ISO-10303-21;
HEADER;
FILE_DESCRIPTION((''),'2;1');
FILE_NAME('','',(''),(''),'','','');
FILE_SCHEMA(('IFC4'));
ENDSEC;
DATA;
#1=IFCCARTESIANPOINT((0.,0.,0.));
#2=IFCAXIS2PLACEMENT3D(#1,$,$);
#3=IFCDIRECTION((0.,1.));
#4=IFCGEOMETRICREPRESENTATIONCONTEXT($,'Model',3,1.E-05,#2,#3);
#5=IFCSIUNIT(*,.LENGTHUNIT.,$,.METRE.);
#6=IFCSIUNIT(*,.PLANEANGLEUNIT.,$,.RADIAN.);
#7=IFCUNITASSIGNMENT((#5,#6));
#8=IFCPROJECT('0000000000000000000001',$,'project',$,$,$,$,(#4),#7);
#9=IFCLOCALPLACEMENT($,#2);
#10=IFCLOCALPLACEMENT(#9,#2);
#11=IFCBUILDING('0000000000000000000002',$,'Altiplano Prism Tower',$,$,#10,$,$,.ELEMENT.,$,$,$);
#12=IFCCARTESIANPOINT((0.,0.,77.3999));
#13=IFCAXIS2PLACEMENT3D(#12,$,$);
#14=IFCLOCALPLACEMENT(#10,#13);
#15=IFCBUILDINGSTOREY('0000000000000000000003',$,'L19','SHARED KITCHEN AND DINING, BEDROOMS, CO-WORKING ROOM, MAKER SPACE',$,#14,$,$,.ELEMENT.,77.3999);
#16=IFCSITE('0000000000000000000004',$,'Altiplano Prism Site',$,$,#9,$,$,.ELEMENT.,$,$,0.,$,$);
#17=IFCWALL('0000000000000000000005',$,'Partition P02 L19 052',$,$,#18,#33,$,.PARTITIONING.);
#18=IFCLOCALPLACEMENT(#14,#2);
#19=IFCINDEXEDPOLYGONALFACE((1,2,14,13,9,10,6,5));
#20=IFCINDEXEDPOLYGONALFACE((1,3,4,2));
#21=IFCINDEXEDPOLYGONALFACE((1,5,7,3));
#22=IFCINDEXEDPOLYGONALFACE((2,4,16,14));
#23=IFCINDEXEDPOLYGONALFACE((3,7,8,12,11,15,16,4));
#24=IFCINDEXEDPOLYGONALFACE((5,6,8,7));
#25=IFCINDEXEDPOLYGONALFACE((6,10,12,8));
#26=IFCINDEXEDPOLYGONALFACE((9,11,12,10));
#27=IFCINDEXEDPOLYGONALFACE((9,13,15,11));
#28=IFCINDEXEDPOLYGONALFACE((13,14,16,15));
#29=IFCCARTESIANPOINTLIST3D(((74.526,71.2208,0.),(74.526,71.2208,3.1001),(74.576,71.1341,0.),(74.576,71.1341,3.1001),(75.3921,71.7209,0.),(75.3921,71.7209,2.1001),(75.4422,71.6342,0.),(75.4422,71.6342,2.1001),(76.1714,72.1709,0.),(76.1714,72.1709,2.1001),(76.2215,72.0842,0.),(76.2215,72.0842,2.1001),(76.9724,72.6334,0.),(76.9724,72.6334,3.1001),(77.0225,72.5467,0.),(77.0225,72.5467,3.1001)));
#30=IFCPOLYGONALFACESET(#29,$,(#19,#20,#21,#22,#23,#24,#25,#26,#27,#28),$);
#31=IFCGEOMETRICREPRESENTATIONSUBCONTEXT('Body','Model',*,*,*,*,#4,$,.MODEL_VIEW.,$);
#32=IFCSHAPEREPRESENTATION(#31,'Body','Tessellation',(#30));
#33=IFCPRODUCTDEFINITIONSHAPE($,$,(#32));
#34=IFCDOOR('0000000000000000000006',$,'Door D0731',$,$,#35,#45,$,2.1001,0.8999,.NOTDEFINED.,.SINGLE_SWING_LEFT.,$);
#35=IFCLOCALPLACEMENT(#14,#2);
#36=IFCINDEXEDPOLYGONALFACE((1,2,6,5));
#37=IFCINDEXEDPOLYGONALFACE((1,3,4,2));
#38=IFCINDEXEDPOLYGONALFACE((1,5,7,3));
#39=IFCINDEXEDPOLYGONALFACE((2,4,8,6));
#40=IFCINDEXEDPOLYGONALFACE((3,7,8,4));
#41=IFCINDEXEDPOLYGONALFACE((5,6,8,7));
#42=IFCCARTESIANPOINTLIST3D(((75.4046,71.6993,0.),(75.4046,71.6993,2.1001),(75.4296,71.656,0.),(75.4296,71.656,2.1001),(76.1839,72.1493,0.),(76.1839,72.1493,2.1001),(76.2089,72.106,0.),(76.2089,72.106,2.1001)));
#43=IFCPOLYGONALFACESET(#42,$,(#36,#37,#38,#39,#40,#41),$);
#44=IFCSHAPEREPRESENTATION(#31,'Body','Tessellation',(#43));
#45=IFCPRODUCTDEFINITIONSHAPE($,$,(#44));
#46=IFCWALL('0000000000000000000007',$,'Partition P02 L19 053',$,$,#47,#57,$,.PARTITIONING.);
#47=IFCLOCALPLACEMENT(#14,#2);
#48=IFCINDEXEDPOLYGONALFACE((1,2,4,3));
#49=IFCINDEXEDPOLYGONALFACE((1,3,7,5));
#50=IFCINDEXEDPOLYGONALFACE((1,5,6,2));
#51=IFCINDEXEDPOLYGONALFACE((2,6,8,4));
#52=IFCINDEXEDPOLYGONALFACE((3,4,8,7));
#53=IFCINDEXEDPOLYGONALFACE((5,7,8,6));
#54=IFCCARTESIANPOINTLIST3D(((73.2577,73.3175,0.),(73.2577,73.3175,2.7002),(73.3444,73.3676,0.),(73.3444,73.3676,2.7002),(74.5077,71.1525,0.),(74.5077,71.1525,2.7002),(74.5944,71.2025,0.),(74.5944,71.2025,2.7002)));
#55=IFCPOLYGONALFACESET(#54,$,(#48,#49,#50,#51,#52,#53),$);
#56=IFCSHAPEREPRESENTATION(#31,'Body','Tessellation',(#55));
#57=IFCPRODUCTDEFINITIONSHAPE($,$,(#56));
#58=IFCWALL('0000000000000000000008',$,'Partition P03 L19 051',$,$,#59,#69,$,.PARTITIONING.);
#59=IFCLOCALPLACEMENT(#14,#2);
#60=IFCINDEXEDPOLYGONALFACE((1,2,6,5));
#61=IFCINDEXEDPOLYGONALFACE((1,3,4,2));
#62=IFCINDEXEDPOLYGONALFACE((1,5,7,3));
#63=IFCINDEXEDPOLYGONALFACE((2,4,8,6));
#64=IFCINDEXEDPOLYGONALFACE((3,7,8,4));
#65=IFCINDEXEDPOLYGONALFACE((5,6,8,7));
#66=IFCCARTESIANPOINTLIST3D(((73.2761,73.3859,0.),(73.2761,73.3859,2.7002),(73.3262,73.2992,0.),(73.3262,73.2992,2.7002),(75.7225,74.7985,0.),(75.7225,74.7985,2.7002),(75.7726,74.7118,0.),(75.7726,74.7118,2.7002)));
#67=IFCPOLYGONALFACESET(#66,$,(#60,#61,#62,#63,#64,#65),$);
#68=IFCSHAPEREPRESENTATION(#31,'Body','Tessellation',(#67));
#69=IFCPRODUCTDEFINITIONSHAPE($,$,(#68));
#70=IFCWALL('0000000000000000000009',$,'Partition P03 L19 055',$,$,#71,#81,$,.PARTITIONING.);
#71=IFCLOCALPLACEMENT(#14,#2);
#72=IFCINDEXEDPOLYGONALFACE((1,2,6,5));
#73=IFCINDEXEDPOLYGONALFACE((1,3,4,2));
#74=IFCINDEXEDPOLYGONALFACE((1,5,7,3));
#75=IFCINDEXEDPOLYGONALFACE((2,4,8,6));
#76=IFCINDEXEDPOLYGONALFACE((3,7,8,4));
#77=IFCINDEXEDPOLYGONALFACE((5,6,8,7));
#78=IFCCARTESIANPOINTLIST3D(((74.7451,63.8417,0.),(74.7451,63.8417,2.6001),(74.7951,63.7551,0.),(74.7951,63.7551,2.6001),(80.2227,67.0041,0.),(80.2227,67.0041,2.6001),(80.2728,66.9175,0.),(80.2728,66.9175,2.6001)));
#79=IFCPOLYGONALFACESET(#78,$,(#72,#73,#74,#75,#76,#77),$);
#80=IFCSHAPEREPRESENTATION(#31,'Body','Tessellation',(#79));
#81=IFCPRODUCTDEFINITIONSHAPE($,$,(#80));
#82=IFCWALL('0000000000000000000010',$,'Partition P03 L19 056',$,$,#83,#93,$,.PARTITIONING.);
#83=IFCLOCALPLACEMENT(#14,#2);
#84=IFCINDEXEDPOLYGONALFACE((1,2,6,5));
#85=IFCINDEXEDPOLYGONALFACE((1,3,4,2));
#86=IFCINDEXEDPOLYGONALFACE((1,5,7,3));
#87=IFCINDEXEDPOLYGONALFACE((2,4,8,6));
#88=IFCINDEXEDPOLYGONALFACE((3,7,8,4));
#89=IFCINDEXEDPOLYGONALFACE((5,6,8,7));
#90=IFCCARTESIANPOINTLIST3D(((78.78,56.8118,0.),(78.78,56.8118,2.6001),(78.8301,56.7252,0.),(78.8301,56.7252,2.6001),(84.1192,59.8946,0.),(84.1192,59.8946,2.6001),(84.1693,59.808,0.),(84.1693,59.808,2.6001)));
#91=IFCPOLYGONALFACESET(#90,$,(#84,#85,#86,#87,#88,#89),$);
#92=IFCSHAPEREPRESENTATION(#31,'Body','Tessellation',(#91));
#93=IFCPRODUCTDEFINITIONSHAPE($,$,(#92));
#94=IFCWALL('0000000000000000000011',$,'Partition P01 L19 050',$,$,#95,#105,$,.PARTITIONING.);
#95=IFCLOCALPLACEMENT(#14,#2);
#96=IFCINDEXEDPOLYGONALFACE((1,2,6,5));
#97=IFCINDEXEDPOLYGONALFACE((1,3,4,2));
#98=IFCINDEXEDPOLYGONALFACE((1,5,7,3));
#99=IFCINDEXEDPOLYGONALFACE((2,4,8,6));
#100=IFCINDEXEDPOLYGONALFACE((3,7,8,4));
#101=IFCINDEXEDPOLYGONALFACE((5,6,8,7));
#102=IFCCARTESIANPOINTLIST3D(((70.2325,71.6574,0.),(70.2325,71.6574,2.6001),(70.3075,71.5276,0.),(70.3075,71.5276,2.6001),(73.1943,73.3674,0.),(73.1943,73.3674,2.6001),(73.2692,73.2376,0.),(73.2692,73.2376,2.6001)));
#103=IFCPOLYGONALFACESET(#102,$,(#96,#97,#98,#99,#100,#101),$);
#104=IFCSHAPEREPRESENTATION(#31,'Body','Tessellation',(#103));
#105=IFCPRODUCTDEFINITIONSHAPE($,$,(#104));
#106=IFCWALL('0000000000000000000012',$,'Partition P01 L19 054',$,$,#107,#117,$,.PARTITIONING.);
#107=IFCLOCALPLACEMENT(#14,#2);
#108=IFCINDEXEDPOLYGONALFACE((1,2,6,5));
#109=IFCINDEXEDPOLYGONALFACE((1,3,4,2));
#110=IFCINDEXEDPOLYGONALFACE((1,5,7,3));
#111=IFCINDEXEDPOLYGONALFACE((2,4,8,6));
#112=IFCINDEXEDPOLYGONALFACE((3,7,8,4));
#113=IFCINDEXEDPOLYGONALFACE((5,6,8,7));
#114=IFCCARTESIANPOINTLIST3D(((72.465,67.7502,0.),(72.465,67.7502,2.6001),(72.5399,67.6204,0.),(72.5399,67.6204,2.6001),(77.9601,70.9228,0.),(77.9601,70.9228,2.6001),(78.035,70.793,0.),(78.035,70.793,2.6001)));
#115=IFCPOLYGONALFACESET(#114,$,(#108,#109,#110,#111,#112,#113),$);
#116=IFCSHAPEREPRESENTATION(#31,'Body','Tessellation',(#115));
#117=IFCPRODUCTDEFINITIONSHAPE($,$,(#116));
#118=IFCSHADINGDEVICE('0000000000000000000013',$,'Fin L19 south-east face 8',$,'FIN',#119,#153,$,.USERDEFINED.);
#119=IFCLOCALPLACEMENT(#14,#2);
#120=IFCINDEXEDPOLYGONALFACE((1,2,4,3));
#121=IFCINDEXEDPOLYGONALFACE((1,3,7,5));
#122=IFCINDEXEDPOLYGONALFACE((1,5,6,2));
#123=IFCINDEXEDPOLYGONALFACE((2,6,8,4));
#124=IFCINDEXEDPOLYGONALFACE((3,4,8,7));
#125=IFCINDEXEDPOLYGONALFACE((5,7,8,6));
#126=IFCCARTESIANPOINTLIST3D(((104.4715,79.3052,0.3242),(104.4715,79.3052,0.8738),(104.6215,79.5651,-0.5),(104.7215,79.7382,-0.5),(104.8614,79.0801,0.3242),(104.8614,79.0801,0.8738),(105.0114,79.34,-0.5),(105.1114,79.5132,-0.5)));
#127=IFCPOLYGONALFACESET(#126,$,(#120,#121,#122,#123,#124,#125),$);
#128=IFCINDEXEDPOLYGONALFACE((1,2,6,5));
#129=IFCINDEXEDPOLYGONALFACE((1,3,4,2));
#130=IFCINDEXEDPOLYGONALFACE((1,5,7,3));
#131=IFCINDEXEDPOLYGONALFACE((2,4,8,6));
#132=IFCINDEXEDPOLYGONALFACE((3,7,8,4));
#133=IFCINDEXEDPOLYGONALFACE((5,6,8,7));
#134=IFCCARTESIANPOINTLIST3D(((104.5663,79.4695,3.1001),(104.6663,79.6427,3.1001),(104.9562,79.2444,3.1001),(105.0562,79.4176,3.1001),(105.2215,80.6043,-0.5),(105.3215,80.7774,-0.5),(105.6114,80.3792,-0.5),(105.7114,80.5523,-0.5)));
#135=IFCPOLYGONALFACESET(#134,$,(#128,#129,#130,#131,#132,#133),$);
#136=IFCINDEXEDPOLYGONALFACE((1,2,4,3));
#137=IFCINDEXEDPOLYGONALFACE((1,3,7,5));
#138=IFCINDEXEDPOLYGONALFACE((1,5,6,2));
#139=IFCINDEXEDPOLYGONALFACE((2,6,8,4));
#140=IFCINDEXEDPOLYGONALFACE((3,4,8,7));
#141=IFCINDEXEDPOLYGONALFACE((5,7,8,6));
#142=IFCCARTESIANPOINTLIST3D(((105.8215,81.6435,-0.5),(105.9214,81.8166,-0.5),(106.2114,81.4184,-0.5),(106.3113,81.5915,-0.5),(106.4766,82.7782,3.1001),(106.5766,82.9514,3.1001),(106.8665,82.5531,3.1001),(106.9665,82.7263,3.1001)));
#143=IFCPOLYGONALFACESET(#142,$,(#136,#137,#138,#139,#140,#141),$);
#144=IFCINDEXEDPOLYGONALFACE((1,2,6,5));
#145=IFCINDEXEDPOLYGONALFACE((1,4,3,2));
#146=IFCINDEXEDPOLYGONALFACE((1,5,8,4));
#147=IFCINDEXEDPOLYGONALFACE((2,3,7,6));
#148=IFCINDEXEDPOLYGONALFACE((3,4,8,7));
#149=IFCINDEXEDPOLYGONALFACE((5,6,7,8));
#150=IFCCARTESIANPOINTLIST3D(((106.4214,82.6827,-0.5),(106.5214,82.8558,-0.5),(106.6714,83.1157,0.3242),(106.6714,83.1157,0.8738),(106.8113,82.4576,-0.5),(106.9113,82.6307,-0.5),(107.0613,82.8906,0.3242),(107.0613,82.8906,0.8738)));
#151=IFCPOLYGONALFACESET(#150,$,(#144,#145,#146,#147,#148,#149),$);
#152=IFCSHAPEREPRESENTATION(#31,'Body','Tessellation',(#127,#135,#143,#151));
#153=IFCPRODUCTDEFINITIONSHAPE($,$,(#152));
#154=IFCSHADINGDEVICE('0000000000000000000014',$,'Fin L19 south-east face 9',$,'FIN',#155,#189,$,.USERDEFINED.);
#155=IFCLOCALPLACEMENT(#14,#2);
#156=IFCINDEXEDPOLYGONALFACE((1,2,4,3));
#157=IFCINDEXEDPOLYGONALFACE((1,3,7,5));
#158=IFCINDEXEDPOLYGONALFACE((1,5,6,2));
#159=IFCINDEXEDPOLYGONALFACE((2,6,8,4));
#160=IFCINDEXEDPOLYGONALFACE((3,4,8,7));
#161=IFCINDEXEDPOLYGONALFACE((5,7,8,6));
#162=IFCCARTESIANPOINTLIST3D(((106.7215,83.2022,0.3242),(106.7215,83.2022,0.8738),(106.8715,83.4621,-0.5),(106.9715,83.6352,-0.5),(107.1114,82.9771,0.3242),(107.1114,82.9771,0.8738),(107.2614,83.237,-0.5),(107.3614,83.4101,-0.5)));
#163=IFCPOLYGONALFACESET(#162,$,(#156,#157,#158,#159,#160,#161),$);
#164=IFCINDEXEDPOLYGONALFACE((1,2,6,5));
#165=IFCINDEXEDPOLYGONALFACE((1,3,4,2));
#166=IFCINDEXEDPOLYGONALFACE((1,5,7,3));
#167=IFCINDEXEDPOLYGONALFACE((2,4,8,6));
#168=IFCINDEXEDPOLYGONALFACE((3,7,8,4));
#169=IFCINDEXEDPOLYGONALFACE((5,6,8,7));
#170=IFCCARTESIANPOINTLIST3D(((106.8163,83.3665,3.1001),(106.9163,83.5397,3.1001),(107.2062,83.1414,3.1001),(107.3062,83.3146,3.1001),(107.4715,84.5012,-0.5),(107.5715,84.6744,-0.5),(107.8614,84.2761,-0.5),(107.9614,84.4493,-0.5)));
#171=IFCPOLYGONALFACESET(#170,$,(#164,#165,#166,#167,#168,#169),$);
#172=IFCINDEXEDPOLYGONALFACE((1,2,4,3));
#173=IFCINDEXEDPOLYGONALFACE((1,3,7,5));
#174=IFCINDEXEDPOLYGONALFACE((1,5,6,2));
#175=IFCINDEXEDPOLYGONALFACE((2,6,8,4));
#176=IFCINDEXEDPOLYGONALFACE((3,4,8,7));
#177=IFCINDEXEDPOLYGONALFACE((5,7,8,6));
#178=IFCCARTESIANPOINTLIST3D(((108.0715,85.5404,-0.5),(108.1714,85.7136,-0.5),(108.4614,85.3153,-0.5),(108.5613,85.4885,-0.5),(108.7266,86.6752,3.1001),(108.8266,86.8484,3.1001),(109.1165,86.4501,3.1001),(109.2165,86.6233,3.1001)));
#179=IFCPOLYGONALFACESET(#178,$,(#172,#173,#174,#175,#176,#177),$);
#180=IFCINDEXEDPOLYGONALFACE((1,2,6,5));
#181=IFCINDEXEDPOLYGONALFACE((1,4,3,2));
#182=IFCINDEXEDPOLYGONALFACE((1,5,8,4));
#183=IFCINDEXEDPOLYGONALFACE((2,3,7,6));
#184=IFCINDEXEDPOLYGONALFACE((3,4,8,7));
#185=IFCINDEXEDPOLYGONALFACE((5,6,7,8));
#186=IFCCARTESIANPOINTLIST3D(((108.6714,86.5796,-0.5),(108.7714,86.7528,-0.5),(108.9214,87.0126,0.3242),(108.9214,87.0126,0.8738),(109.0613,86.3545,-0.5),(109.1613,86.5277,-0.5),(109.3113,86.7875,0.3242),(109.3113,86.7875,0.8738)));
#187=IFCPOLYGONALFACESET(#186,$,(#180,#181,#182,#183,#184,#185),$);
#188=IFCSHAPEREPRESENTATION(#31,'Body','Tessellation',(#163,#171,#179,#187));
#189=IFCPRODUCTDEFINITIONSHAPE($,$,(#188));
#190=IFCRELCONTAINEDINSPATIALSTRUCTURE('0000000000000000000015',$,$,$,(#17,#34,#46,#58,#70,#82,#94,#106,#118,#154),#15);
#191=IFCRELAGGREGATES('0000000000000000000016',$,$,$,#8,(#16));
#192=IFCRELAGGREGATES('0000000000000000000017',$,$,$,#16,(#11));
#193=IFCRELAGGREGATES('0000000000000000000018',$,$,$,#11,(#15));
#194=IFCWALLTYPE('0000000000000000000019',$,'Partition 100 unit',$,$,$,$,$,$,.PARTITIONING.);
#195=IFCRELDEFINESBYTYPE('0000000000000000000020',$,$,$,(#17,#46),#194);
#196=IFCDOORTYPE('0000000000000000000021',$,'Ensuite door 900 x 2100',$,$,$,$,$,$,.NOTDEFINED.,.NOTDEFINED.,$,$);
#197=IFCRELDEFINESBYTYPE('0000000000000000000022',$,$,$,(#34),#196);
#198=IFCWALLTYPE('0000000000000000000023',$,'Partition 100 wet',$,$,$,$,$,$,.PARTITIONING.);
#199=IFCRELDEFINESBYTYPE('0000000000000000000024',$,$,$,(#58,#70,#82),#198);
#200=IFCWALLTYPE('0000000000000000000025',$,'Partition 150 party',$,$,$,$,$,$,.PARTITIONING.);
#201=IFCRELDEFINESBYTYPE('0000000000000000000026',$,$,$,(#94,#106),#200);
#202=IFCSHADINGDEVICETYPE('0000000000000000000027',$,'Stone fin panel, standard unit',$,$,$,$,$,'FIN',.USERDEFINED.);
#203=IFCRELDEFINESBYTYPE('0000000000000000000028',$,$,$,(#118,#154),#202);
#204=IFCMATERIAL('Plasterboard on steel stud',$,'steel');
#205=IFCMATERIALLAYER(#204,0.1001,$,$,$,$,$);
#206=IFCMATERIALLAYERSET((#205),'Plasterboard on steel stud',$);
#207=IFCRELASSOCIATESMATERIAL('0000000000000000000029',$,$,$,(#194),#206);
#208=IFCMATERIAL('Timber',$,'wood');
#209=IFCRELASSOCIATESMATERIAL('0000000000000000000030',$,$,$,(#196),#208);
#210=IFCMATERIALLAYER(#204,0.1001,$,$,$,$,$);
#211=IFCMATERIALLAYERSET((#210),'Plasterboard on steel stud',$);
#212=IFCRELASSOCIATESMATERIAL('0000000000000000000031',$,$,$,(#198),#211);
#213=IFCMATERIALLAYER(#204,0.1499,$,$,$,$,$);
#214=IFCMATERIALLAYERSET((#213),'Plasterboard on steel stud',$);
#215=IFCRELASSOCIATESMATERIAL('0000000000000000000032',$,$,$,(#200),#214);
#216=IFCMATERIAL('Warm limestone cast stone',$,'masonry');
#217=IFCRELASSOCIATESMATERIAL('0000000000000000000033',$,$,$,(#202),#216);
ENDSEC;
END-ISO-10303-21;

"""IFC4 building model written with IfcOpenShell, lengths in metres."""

from ifc_helpers import new_model, si_unit, direction, frame, frame_2d, origin, place, context, subcontext, project, spatial, polyline, rectangle, outline, extrude, source, transform, mapped, material, layer, layer_set, type_object, element, fill, save


model = new_model("IFC4")

# Units and contexts
model_context = context("Model", 3, precision=1e-05, world=origin(), true_north=direction((0.0, 1.0)))
body_context = subcontext(model_context, "Body", "Model", "MODEL_VIEW")
ifc_project = project(units=[si_unit("LENGTHUNIT", "METRE"), si_unit("PLANEANGLEUNIT", "RADIAN")], contexts=[model_context])

# Site, building, storey
site_placement = place(None, origin())
site = spatial("IfcSite", under=ifc_project, at=site_placement, Name="Altiplano Prism Site", CompositionType="ELEMENT", RefElevation=0.0)
building_placement = place(site_placement, origin())
building = spatial("IfcBuilding", under=site, at=building_placement, Name="Altiplano Prism Tower", CompositionType="ELEMENT")
storey_placement = place(building_placement, frame((0.0, 0.0, 77.3999)))
storey = spatial("IfcBuildingStorey", under=building, at=storey_placement, Name="L19", Description="SHARED KITCHEN AND DINING, BEDROOMS, CO-WORKING ROOM, MAKER SPACE", CompositionType="ELEMENT", Elevation=77.3999)

# Shared definitions
ifc_material_1 = material(Name="Plasterboard on steel stud", Category="steel")
ifc_layer_1 = layer(ifc_material_1, 0.1001)
ifc_layer_set_1 = layer_set([ifc_layer_1], Name="Plasterboard on steel stud")
wall_type_1 = type_object("IfcWallType", Name="Partition 100 unit", PredefinedType="PARTITIONING", material=ifc_layer_set_1)

# Wall, opening, door
wall_1_placement = place(storey_placement, frame((76.9976, 72.5901, 0.0), z_axis=(0.0, 0.0, 1.0), x_axis=(-0.866011, -0.500024, 0.0)))
wall_1 = element("IfcWall", 1, at=wall_1_placement, inside=storey, type_object=wall_type_1, Name="Partition P02 L19 052", PredefinedType="PARTITIONING", context=body_context, shape_type="SweptSolid", body=[
    extrude(rectangle(XDim=2.825, YDim=0.1001, at=frame_2d((1.4126, 0.0))), origin(), (0.0, 0.0, 1.0), 3.1001),
])
opening_placement = place(wall_1_placement, frame((0.925, 0.0, 0.0)))
opening = element("IfcOpeningElement", 2, at=opening_placement, cuts=wall_1, PredefinedType="OPENING", context=body_context, shape_type="SweptSolid", body=[
    extrude(rectangle(XDim=0.8999, YDim=2.1001, at=frame_2d((0.45, 1.05))), frame((0.0, 0.0605, 0.0), z_axis=(0.0, -1.0, 0.0), x_axis=(1.0, 0.0, 0.0)), (0.0, 0.0, 1.0), 0.1211),
])
ifc_material_2 = material(Name="Timber", Category="wood")
door_type = type_object("IfcDoorType", Name="Ensuite door 900 x 2100", OperationType="NOTDEFINED", PredefinedType="NOTDEFINED", material=ifc_material_2)
door_placement = place(opening_placement, origin())
door = element("IfcDoor", 3, at=door_placement, inside=storey, type_object=door_type, Name="Door D0731", OperationType="SINGLE_SWING_LEFT", OverallHeight=2.1001, OverallWidth=0.8999, PredefinedType="NOTDEFINED", context=body_context, shape_type="SweptSolid", body=[
    extrude(rectangle(XDim=0.8999, YDim=2.1001, at=frame_2d((0.45, 1.05))), frame((0.0, 0.0249, 0.0), z_axis=(0.0, -1.0, 0.0), x_axis=(1.0, 0.0, 0.0)), (0.0, 0.0, 1.0), 0.05),
])
fill(opening, door)

# Walls
wall_2_placement = place(storey_placement, frame((74.551, 71.1775, 0.0), z_axis=(0.0, 0.0, 1.0), x_axis=(-0.500004, 0.866023, 0.0)))
element("IfcWall", 4, at=wall_2_placement, inside=storey, type_object=wall_type_1, Name="Partition P02 L19 053", PredefinedType="PARTITIONING", context=body_context, shape_type="SweptSolid", body=[
    extrude(rectangle(XDim=2.5, YDim=0.1001, at=frame_2d((1.25, 0.0))), origin(), (0.0, 0.0, 1.0), 2.7002),
])
ifc_layer_2 = layer(ifc_material_1, 0.1001)
ifc_layer_set_2 = layer_set([ifc_layer_2], Name="Plasterboard on steel stud")
wall_type_2 = type_object("IfcWallType", Name="Partition 100 wet", PredefinedType="PARTITIONING", material=ifc_layer_set_2)
wall_3_placement = place(storey_placement, frame((73.301, 73.3425, 0.0), z_axis=(0.0, 0.0, 1.0), x_axis=(0.866011, 0.500024, 0.0)))
element("IfcWall", 5, at=wall_3_placement, inside=storey, type_object=wall_type_2, Name="Partition P03 L19 051", PredefinedType="PARTITIONING", context=body_context, shape_type="SweptSolid", body=[
    extrude(rectangle(XDim=2.825, YDim=0.1001, at=frame_2d((1.4126, 0.0))), origin(), (0.0, 0.0, 1.0), 2.7002),
])
wall_4_placement = place(storey_placement, frame((74.77, 63.7983, 0.0), z_axis=(0.0, 0.0, 1.0), x_axis=(0.866033, 0.499988, 0.0)))
element("IfcWall", 6, at=wall_4_placement, inside=storey, type_object=wall_type_2, Name="Partition P03 L19 055", PredefinedType="PARTITIONING", context=body_context, shape_type="SweptSolid", body=[
    extrude(rectangle(XDim=6.325, YDim=0.1001, at=frame_2d((3.1626, 0.0))), origin(), (0.0, 0.0, 1.0), 2.6001),
])
wall_5_placement = place(storey_placement, frame((78.8052, 56.7686, 0.0), z_axis=(0.0, 0.0, 1.0), x_axis=(0.86601, 0.500028, 0.0)))
element("IfcWall", 7, at=wall_5_placement, inside=storey, type_object=wall_type_2, Name="Partition P03 L19 056", PredefinedType="PARTITIONING", context=body_context, shape_type="SweptSolid", body=[
    extrude(rectangle(XDim=6.1653, YDim=0.1001, at=frame_2d((3.0825, 0.0))), origin(), (0.0, 0.0, 1.0), 2.6001),
])
ifc_layer_3 = layer(ifc_material_1, 0.1499)
ifc_layer_set_3 = layer_set([ifc_layer_3], Name="Plasterboard on steel stud")
wall_type_3 = type_object("IfcWallType", Name="Partition 150 party", PredefinedType="PARTITIONING", material=ifc_layer_set_3)
wall_6_placement = place(storey_placement, frame((70.27, 71.5925, 0.0), z_axis=(0.0, 0.0, 1.0), x_axis=(0.86602, 0.500009, 0.0)))
element("IfcWall", 8, at=wall_6_placement, inside=storey, type_object=wall_type_3, Name="Partition P01 L19 050", PredefinedType="PARTITIONING", context=body_context, shape_type="SweptSolid", body=[
    extrude(rectangle(XDim=3.4199, YDim=0.1499, at=frame_2d((1.71, 0.0))), origin(), (0.0, 0.0, 1.0), 2.6001),
])
wall_7_placement = place(storey_placement, frame((72.5024, 67.6853, 0.0), z_axis=(0.0, 0.0, 1.0), x_axis=(0.866025, 0.5, 0.0)))
element("IfcWall", 9, at=wall_7_placement, inside=storey, type_object=wall_type_3, Name="Partition P01 L19 054", PredefinedType="PARTITIONING", context=body_context, shape_type="SweptSolid", body=[
    extrude(rectangle(XDim=6.3452, YDim=0.1499, at=frame_2d((3.1726, 0.0))), origin(), (0.0, 0.0, 1.0), 2.6001),
])

# Shading devices
ifc_material_3 = material(Name="Warm limestone cast stone", Category="masonry")
shading_device_type_1 = type_object("IfcShadingDeviceType", Name="Stone fin panel, standard unit", ElementType="FIN", PredefinedType="USERDEFINED", material=ifc_material_3)
shared_shape_1 = source(origin(), body_context, "Body", "SweptSolid", [
    extrude(outline(polyline([(-2.2, 1.3738), (-2.2, 0.8242), (-1.8999, 0.0), (-1.7, 0.0), (-2.2, 1.3738)])), frame((0.0, -0.1499, 0.0), z_axis=(0.0, -1.0, 0.0), x_axis=(1.0, 0.0, 0.0)), (0.0, 0.0, 1.0), 0.4502),
    extrude(outline(polyline([(-2.0103, 3.6001), (-0.7, 0.0), (-0.5, 0.0), (-1.8103, 3.6001), (-2.0103, 3.6001)])), frame((0.0, -0.1499, 0.0), z_axis=(0.0, -1.0, 0.0), x_axis=(1.0, 0.0, 0.0)), (0.0, 0.0, 1.0), 0.4502),
    extrude(outline(polyline([(1.8103, 3.6001), (0.5, 0.0), (0.7, 0.0), (2.0103, 3.6001), (1.8103, 3.6001)])), frame((0.0, -0.1499, 0.0), z_axis=(0.0, -1.0, 0.0), x_axis=(1.0, 0.0, 0.0)), (0.0, 0.0, 1.0), 0.4502),
    extrude(outline(polyline([(2.2, 0.8242), (2.2, 1.3738), (1.7, 0.0), (1.8999, 0.0), (2.2, 0.8242)])), frame((0.0, -0.1499, 0.0), z_axis=(0.0, -1.0, 0.0), x_axis=(1.0, 0.0, 0.0)), (0.0, 0.0, 1.0), 0.4502),
])
shading_device_1_placement = place(storey_placement, origin())
element("IfcShadingDevice", 10, at=shading_device_1_placement, inside=storey, type_object=shading_device_type_1, Name="Fin L19 south-east face 8", ObjectType="FIN", PredefinedType="USERDEFINED", context=body_context, shape_type="MappedRepresentation", body=[
    mapped(shared_shape_1, transform((105.4417, 81.2854, -0.5), x_axis=(0.5, 0.866025, 0.0), y_axis=(-0.866025, 0.5, 0.0), z_axis=(0.0, 0.0, 1.0))),
])
shading_device_2_placement = place(storey_placement, origin())
element("IfcShadingDevice", 11, at=shading_device_2_placement, inside=storey, type_object=shading_device_type_1, Name="Fin L19 south-east face 9", ObjectType="FIN", PredefinedType="USERDEFINED", context=body_context, shape_type="MappedRepresentation", body=[
    mapped(shared_shape_1, transform((107.6917, 85.1824, -0.5), x_axis=(0.5, 0.866025, 0.0), y_axis=(-0.866025, 0.5, 0.0), z_axis=(0.0, 0.0, 1.0))),
])

save(model, "model.ifc")
